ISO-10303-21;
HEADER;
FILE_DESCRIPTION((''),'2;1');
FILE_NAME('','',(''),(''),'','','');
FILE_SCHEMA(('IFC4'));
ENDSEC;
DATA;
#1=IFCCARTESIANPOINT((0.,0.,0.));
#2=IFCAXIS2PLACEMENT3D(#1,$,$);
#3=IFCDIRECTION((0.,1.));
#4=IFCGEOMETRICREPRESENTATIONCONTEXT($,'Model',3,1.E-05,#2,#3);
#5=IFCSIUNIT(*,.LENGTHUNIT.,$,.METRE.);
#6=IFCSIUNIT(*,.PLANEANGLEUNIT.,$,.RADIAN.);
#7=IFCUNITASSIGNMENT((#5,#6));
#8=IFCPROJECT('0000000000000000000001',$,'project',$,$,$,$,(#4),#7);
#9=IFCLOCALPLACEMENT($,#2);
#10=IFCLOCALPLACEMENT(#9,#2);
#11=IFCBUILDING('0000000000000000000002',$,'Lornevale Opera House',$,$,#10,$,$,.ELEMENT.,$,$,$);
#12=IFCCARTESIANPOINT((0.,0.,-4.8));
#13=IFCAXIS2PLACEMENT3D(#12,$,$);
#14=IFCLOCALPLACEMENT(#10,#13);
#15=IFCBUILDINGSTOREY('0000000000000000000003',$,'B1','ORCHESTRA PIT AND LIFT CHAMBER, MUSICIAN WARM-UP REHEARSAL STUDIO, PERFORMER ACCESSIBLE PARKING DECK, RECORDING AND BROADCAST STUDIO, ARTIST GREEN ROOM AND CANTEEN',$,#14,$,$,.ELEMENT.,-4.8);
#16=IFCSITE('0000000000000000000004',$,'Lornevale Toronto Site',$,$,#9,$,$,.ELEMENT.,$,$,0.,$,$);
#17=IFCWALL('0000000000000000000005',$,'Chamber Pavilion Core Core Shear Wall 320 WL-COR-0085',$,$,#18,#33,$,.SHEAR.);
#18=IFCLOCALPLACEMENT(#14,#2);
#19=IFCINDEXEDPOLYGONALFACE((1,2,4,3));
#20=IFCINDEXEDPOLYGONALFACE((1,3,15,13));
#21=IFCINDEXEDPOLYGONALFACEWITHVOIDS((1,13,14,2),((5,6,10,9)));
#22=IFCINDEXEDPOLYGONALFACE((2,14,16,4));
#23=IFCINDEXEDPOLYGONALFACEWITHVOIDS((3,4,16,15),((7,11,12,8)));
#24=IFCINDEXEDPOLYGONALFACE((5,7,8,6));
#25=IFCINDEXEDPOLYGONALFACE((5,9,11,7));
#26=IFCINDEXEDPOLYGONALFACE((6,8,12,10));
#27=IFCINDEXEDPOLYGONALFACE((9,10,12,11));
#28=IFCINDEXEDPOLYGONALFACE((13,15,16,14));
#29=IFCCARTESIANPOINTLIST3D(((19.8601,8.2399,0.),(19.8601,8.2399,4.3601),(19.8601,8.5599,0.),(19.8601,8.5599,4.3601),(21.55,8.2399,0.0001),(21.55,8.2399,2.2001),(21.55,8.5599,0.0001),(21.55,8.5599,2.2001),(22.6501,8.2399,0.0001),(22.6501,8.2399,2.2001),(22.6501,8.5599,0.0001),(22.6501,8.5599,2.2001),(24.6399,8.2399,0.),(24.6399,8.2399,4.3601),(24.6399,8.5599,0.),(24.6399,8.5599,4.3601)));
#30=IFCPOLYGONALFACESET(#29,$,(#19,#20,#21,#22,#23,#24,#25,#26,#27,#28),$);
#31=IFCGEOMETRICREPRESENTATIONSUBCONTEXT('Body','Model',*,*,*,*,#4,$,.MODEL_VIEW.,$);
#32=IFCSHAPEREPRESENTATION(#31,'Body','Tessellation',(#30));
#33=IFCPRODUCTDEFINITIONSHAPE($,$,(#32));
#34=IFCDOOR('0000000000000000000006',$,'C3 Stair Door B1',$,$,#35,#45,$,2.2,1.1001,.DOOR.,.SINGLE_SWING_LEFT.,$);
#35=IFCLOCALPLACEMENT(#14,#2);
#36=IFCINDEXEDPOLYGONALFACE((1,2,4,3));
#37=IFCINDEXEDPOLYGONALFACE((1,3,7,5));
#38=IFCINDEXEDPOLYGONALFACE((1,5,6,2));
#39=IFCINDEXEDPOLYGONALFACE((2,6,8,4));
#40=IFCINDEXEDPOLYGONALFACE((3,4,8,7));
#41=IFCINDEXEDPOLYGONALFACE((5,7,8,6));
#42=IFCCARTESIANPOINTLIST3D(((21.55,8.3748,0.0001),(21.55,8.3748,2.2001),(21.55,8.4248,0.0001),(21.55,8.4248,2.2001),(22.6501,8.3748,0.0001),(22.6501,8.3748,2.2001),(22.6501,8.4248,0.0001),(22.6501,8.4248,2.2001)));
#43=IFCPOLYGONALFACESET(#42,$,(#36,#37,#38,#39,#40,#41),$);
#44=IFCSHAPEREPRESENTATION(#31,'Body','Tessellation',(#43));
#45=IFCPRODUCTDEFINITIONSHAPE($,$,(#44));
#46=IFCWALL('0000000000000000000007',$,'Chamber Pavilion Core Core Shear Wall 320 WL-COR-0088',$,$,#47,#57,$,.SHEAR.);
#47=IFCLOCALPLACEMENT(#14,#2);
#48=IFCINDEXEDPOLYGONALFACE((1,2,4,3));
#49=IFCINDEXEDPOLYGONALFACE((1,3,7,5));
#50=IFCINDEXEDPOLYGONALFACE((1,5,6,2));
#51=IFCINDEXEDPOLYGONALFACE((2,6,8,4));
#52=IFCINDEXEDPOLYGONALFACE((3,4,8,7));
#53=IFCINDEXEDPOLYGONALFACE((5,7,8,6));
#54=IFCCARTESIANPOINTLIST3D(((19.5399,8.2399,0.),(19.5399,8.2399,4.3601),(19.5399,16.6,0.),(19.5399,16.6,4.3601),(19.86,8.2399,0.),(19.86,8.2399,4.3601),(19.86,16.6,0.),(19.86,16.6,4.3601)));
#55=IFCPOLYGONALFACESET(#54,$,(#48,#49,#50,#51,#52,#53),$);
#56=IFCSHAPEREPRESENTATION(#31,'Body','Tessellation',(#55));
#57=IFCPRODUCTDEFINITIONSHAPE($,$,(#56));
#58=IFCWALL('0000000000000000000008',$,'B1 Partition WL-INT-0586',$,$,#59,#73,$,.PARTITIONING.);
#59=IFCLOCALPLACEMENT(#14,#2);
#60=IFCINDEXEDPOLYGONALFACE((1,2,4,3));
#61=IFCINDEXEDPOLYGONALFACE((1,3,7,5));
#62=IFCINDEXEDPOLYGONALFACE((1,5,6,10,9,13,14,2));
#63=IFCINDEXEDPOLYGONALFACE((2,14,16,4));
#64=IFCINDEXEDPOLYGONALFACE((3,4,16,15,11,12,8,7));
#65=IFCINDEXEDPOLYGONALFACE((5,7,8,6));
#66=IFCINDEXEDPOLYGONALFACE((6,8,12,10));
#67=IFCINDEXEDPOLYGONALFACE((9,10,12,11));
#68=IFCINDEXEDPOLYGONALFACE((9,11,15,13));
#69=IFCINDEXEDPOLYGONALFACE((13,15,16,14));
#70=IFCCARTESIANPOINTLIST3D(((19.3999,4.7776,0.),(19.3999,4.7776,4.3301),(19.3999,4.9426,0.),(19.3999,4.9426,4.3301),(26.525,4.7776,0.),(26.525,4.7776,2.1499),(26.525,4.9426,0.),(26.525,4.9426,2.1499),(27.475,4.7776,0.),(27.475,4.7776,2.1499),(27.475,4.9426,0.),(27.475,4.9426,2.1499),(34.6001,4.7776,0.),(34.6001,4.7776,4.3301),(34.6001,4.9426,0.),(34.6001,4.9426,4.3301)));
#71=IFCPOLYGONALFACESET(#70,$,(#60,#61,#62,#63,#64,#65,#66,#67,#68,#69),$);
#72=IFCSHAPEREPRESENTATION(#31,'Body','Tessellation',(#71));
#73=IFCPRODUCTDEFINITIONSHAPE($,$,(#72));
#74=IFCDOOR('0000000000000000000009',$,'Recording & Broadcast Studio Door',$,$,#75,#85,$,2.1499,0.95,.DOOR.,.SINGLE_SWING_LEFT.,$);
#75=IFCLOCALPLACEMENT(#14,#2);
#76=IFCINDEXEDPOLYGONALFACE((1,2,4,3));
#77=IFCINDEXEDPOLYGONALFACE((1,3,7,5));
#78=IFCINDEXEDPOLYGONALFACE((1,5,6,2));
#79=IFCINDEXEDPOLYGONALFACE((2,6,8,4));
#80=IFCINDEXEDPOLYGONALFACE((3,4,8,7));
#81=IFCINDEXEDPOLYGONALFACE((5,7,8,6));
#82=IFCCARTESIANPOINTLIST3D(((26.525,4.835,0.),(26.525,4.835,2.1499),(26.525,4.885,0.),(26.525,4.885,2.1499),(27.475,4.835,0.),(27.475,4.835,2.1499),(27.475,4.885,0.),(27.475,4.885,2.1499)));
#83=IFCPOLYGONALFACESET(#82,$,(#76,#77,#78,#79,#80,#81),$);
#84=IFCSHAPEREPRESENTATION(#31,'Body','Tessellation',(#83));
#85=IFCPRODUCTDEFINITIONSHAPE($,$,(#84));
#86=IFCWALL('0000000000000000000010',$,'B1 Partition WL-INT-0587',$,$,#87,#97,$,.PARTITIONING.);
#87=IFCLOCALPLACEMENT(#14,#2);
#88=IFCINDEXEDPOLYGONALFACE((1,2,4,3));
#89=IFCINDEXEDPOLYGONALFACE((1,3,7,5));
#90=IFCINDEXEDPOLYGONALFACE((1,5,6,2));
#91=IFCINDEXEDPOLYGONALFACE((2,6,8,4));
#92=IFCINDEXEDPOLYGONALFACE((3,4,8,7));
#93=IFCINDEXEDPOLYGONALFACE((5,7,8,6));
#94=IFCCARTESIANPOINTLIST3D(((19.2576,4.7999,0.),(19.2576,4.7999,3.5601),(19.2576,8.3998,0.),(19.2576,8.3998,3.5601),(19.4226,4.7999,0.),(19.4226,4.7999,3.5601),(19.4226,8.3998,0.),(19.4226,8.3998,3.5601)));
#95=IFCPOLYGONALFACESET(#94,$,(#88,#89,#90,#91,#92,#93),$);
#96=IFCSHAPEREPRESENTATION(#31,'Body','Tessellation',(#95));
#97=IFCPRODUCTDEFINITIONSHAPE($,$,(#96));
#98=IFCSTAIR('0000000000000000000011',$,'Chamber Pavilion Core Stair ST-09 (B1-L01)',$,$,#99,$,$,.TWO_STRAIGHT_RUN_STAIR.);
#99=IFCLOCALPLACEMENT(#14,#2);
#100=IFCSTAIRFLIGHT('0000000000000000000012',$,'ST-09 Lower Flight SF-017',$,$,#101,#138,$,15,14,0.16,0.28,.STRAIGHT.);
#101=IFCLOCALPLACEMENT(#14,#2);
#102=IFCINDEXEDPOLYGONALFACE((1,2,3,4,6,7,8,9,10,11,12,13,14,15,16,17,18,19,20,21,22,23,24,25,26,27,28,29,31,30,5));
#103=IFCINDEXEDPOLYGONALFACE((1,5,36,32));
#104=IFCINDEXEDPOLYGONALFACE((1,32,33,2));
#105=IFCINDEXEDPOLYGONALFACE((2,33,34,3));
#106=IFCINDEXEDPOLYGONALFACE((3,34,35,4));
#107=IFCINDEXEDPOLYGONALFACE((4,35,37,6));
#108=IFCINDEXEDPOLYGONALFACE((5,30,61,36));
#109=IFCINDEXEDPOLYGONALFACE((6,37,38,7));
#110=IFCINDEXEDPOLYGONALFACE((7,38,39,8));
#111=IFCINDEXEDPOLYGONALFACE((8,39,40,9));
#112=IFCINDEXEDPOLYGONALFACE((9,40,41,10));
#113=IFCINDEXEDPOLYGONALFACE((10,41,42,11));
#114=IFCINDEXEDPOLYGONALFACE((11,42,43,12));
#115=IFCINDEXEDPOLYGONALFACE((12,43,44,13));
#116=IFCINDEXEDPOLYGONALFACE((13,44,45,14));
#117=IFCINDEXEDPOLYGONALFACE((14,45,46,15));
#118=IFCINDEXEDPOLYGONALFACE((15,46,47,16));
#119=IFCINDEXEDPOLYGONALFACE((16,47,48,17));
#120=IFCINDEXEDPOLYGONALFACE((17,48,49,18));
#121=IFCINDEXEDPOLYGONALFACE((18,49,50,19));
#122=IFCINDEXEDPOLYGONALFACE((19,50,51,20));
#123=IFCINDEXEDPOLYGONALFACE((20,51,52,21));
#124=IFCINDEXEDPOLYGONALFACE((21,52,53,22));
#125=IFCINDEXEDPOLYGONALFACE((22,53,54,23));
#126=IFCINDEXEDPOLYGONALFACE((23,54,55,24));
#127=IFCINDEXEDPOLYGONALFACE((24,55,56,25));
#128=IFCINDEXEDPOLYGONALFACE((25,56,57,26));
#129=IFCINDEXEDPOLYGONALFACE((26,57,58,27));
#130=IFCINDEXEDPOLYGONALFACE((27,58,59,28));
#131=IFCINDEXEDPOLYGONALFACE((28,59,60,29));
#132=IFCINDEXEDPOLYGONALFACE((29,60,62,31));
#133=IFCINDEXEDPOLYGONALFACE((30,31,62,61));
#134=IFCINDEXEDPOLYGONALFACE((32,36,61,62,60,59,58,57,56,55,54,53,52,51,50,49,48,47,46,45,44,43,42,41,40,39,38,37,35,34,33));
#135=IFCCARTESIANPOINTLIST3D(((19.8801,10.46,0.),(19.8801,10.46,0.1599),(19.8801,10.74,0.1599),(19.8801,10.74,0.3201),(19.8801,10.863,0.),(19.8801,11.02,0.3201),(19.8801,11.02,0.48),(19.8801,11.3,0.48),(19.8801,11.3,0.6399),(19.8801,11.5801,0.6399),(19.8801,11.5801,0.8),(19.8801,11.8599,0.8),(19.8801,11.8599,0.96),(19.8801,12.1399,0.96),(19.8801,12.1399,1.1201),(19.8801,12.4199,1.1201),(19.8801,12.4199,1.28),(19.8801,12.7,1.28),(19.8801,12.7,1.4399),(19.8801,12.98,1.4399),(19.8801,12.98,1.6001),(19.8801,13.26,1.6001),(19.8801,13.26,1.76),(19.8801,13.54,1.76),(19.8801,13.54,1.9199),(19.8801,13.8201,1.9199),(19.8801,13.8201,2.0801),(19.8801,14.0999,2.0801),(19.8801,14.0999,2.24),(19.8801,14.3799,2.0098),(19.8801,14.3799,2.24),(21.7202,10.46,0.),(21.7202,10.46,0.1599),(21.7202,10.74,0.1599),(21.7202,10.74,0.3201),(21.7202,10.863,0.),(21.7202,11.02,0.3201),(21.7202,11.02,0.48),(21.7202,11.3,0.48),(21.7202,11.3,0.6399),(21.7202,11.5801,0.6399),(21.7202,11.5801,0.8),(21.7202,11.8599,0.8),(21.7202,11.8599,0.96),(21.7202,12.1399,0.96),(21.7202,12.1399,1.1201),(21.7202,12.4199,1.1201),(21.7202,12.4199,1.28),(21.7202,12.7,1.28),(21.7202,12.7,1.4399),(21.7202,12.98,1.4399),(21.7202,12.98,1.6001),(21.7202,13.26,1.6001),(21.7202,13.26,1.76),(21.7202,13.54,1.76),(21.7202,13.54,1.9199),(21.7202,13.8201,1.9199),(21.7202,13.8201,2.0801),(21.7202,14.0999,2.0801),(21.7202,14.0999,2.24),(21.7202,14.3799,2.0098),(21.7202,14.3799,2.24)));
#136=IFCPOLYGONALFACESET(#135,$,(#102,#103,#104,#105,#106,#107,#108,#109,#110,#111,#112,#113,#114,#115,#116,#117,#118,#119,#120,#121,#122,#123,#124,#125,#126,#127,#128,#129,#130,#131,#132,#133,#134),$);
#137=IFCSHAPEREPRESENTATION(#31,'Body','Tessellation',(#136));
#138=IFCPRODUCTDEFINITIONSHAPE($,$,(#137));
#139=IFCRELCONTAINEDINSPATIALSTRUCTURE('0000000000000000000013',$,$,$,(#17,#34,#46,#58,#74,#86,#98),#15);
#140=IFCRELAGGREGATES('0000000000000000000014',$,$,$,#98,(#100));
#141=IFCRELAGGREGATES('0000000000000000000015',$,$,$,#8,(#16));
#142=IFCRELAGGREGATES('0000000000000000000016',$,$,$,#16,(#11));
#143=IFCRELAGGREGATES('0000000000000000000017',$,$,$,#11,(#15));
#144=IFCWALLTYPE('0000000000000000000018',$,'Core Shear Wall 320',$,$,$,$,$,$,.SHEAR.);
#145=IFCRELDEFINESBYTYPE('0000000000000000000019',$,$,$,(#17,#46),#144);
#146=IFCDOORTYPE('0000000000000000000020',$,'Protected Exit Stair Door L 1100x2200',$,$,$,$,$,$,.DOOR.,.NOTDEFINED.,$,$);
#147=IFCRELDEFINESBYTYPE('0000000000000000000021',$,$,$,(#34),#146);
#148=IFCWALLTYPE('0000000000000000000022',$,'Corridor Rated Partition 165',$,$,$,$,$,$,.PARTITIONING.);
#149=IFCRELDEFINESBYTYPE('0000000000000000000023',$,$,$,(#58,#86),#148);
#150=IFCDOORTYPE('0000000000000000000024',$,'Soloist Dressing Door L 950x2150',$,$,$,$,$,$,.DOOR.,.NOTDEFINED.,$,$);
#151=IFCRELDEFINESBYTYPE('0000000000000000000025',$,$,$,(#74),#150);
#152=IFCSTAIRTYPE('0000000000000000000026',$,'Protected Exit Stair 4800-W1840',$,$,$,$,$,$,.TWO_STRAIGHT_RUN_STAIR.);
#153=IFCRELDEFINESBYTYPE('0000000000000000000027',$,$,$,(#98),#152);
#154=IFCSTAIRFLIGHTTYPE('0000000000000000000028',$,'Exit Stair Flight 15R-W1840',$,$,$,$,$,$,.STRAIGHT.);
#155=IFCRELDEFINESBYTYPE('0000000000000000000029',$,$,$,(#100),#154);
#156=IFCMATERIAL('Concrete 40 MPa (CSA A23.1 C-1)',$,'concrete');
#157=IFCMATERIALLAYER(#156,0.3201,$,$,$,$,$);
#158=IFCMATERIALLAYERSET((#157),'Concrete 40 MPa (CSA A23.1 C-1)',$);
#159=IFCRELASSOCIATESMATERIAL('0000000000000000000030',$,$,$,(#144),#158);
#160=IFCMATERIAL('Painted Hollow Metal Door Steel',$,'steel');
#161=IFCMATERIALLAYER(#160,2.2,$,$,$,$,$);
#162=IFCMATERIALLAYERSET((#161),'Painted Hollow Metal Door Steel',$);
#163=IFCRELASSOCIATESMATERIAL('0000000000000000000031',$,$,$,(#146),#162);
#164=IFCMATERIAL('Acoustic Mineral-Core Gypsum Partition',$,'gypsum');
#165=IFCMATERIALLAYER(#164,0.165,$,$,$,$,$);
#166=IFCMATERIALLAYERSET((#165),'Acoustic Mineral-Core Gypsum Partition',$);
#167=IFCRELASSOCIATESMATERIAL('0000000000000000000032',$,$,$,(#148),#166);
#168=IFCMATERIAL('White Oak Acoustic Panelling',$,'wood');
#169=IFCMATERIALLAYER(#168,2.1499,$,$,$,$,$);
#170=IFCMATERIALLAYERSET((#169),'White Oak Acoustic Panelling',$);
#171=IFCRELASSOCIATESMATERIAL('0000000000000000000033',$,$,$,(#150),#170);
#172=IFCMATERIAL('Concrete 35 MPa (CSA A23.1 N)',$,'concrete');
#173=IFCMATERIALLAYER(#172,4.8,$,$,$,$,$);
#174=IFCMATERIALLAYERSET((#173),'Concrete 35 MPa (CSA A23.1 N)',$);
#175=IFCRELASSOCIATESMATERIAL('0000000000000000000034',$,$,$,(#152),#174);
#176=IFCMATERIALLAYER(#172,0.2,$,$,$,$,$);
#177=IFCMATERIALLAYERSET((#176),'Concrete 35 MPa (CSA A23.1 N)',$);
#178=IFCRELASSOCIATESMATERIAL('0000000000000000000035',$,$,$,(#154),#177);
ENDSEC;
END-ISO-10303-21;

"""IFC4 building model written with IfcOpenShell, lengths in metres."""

from ifc_helpers import new_model, si_unit, direction, frame, frame_2d, origin, place, context, subcontext, project, spatial, polyline, rectangle, outline, extrude, material, layer, layer_set, type_object, element, fill, aggregate, save


model = new_model("IFC4")

# Units and contexts
model_context = context("Model", 3, precision=1e-05, world=origin(), true_north=direction((0.0, 1.0)))
body_context = subcontext(model_context, "Body", "Model", "MODEL_VIEW")
ifc_project = project(units=[si_unit("LENGTHUNIT", "METRE"), si_unit("PLANEANGLEUNIT", "RADIAN")], contexts=[model_context])

# Site, building, storey
site_placement = place(None, origin())
site = spatial("IfcSite", under=ifc_project, at=site_placement, Name="Lornevale Toronto Site", CompositionType="ELEMENT", RefElevation=0.0)
building_placement = place(site_placement, origin())
building = spatial("IfcBuilding", under=site, at=building_placement, Name="Lornevale Opera House", CompositionType="ELEMENT")
storey_placement = place(building_placement, frame((0.0, 0.0, -4.8)))
storey = spatial("IfcBuildingStorey", under=building, at=storey_placement, Name="B1", Description="ORCHESTRA PIT AND LIFT CHAMBER, MUSICIAN WARM-UP REHEARSAL STUDIO, PERFORMER ACCESSIBLE PARKING DECK, RECORDING AND BROADCAST STUDIO, ARTIST GREEN ROOM AND CANTEEN", CompositionType="ELEMENT", Elevation=-4.8)

# Shared definitions
ifc_material_1 = material(Name="Concrete 40 MPa (CSA A23.1 C-1)", Category="concrete")

# Shared definitions
ifc_material_2 = material(Name="Concrete 35 MPa (CSA A23.1 N)", Category="concrete")

# Wall, opening, door
ifc_layer_1 = layer(ifc_material_1, 0.3201)
ifc_layer_set_1 = layer_set([ifc_layer_1], Name="Concrete 40 MPa (CSA A23.1 C-1)")
wall_type_1 = type_object("IfcWallType", Name="Core Shear Wall 320", PredefinedType="SHEAR", material=ifc_layer_set_1)
wall_1_placement = place(storey_placement, frame((19.8601, 8.3999, 0.0), z_axis=(0.0, 0.0, 1.0), x_axis=(1.0, 0.0, 0.0)))
wall_1 = element("IfcWall", 1, at=wall_1_placement, inside=storey, type_object=wall_type_1, Name="Chamber Pavilion Core Core Shear Wall 320 WL-COR-0085", PredefinedType="SHEAR", context=body_context, shape_type="SweptSolid", body=[
    extrude(rectangle(XDim=4.7798, YDim=0.3201, at=frame_2d((2.3899, 0.0))), origin(), (0.0, 0.0, 1.0), 4.3601),
])
opening_1_placement = place(wall_1_placement, frame((1.6899, 0.0, 0.0)))
opening_1 = element("IfcOpeningElement", 2, at=opening_1_placement, cuts=wall_1, PredefinedType="OPENING", context=body_context, shape_type="SweptSolid", body=[
    extrude(rectangle(XDim=1.1001, YDim=2.2, at=frame_2d((0.55, 1.1001))), frame((0.0, 0.1699, 0.0), z_axis=(0.0, -1.0, 0.0), x_axis=(1.0, 0.0, 0.0)), (0.0, 0.0, 1.0), 0.3401),
])
ifc_material_3 = material(Name="Painted Hollow Metal Door Steel", Category="steel")
ifc_layer_2 = layer(ifc_material_3, 2.2)
ifc_layer_set_2 = layer_set([ifc_layer_2], Name="Painted Hollow Metal Door Steel")
door_type_1 = type_object("IfcDoorType", Name="Protected Exit Stair Door L 1100x2200", OperationType="NOTDEFINED", PredefinedType="DOOR", material=ifc_layer_set_2)
door_1_placement = place(opening_1_placement, origin())
door_1 = element("IfcDoor", 3, at=door_1_placement, inside=storey, type_object=door_type_1, Name="C3 Stair Door B1", OperationType="SINGLE_SWING_LEFT", OverallHeight=2.2, OverallWidth=1.1001, PredefinedType="DOOR", context=body_context, shape_type="SweptSolid", body=[
    extrude(rectangle(XDim=1.1001, YDim=2.2, at=frame_2d((0.55, 1.1001))), frame((0.0, 0.0249, 0.0), z_axis=(0.0, -1.0, 0.0), x_axis=(1.0, 0.0, 0.0)), (0.0, 0.0, 1.0), 0.05),
])
fill(opening_1, door_1)

# Wall
wall_2_placement = place(storey_placement, frame((19.7, 16.6001, 0.0), z_axis=(0.0, 0.0, 1.0), x_axis=(0.0, -1.0, 0.0)))
element("IfcWall", 4, at=wall_2_placement, inside=storey, type_object=wall_type_1, Name="Chamber Pavilion Core Core Shear Wall 320 WL-COR-0088", PredefinedType="SHEAR", context=body_context, shape_type="SweptSolid", body=[
    extrude(rectangle(XDim=8.3601, YDim=0.3201, at=frame_2d((4.1802, 0.0))), origin(), (0.0, 0.0, 1.0), 4.3601),
])

# Wall, opening, door
ifc_material_4 = material(Name="Acoustic Mineral-Core Gypsum Partition", Category="gypsum")
ifc_layer_3 = layer(ifc_material_4, 0.165)
ifc_layer_set_3 = layer_set([ifc_layer_3], Name="Acoustic Mineral-Core Gypsum Partition")
wall_type_2 = type_object("IfcWallType", Name="Corridor Rated Partition 165", PredefinedType="PARTITIONING", material=ifc_layer_set_3)
wall_3_placement = place(storey_placement, frame((19.3999, 4.8601, 0.0), z_axis=(0.0, 0.0, 1.0), x_axis=(1.0, 0.0, 0.0)))
wall_3 = element("IfcWall", 5, at=wall_3_placement, inside=storey, type_object=wall_type_2, Name="B1 Partition WL-INT-0586", PredefinedType="PARTITIONING", context=body_context, shape_type="SweptSolid", body=[
    extrude(rectangle(XDim=15.2002, YDim=0.165, at=frame_2d((7.6001, 0.0))), origin(), (0.0, 0.0, 1.0), 4.3301),
])
opening_2_placement = place(wall_3_placement, frame((7.125, 0.0, 0.0)))
opening_2 = element("IfcOpeningElement", 6, at=opening_2_placement, cuts=wall_3, PredefinedType="OPENING", context=body_context, shape_type="SweptSolid", body=[
    extrude(rectangle(XDim=0.95, YDim=2.1499, at=frame_2d((0.4751, 1.075))), frame((0.0, 0.0925, 0.0), z_axis=(0.0, -1.0, 0.0), x_axis=(1.0, 0.0, 0.0)), (0.0, 0.0, 1.0), 0.1851),
])
ifc_material_5 = material(Name="White Oak Acoustic Panelling", Category="wood")
ifc_layer_4 = layer(ifc_material_5, 2.1499)
ifc_layer_set_4 = layer_set([ifc_layer_4], Name="White Oak Acoustic Panelling")
door_type_2 = type_object("IfcDoorType", Name="Soloist Dressing Door L 950x2150", OperationType="NOTDEFINED", PredefinedType="DOOR", material=ifc_layer_set_4)
door_2_placement = place(opening_2_placement, origin())
door_2 = element("IfcDoor", 7, at=door_2_placement, inside=storey, type_object=door_type_2, Name="Recording & Broadcast Studio Door", OperationType="SINGLE_SWING_LEFT", OverallHeight=2.1499, OverallWidth=0.95, PredefinedType="DOOR", context=body_context, shape_type="SweptSolid", body=[
    extrude(rectangle(XDim=0.95, YDim=2.1499, at=frame_2d((0.4751, 1.075))), frame((0.0, 0.0249, 0.0), z_axis=(0.0, -1.0, 0.0), x_axis=(1.0, 0.0, 0.0)), (0.0, 0.0, 1.0), 0.05),
])
fill(opening_2, door_2)

# Wall
wall_4_placement = place(storey_placement, frame((19.3401, 4.8, 0.0), z_axis=(0.0, 0.0, 1.0), x_axis=(0.0, 1.0, 0.0)))
element("IfcWall", 8, at=wall_4_placement, inside=storey, type_object=wall_type_2, Name="B1 Partition WL-INT-0587", PredefinedType="PARTITIONING", context=body_context, shape_type="SweptSolid", body=[
    extrude(rectangle(XDim=3.5999, YDim=0.165, at=frame_2d((1.7998, 0.0))), origin(), (0.0, 0.0, 1.0), 3.5601),
])

# Stair, stair flight
ifc_layer_5 = layer(ifc_material_2, 4.8)
ifc_layer_set_5 = layer_set([ifc_layer_5], Name="Concrete 35 MPa (CSA A23.1 N)")
stair_type = type_object("IfcStairType", Name="Protected Exit Stair 4800-W1840", PredefinedType="TWO_STRAIGHT_RUN_STAIR", material=ifc_layer_set_5)
stair_placement = place(storey_placement, origin())
stair = element("IfcStair", 9, at=stair_placement, inside=storey, type_object=stair_type, Name="Chamber Pavilion Core Stair ST-09 (B1-L01)", PredefinedType="TWO_STRAIGHT_RUN_STAIR")
ifc_layer_6 = layer(ifc_material_2, 0.2)
ifc_layer_set_6 = layer_set([ifc_layer_6], Name="Concrete 35 MPa (CSA A23.1 N)")
stair_flight_type = type_object("IfcStairFlightType", Name="Exit Stair Flight 15R-W1840", PredefinedType="STRAIGHT", material=ifc_layer_set_6)
stair_flight_placement = place(storey_placement, frame((20.8, 10.46, 0.0), z_axis=(0.0, 0.0, 1.0), x_axis=(0.0, 1.0, 0.0)))
stair_flight = element("IfcStairFlight", 10, at=stair_flight_placement, type_object=stair_flight_type, Name="ST-09 Lower Flight SF-017", NumberOfRisers=15, NumberOfTreads=14, PredefinedType="STRAIGHT", RiserHeight=0.16, TreadLength=0.28, context=body_context, shape_type="SweptSolid", body=[
    extrude(outline(polyline([(0.0, 0.0), (0.0, 0.1599), (0.28, 0.1599), (0.28, 0.3201), (0.5601, 0.3201), (0.5601, 0.48), (0.8401, 0.48), (0.8401, 0.6399), (1.1201, 0.6399), (1.1201, 0.8), (1.3999, 0.8), (1.3999, 0.96), (1.6799, 0.96), (1.6799, 1.1201), (1.96, 1.1201), (1.96, 1.28), (2.24, 1.28), (2.24, 1.4399), (2.52, 1.4399), (2.52, 1.6001), (2.8, 1.6001), (2.8, 1.76), (3.0801, 1.76), (3.0801, 1.9199), (3.3601, 1.9199), (3.3601, 2.0801), (3.6399, 2.0801), (3.6399, 2.24), (3.9199, 2.24), (3.9199, 2.0098), (0.4031, 0.0), (0.0, 0.0)])), frame((0.0, 0.9199, 0.0), z_axis=(0.0, -1.0, 0.0), x_axis=(1.0, 0.0, 0.0)), (0.0, 0.0, 1.0), 1.8401),
])
aggregate(stair, [stair_flight])

save(model, "model.ifc")
